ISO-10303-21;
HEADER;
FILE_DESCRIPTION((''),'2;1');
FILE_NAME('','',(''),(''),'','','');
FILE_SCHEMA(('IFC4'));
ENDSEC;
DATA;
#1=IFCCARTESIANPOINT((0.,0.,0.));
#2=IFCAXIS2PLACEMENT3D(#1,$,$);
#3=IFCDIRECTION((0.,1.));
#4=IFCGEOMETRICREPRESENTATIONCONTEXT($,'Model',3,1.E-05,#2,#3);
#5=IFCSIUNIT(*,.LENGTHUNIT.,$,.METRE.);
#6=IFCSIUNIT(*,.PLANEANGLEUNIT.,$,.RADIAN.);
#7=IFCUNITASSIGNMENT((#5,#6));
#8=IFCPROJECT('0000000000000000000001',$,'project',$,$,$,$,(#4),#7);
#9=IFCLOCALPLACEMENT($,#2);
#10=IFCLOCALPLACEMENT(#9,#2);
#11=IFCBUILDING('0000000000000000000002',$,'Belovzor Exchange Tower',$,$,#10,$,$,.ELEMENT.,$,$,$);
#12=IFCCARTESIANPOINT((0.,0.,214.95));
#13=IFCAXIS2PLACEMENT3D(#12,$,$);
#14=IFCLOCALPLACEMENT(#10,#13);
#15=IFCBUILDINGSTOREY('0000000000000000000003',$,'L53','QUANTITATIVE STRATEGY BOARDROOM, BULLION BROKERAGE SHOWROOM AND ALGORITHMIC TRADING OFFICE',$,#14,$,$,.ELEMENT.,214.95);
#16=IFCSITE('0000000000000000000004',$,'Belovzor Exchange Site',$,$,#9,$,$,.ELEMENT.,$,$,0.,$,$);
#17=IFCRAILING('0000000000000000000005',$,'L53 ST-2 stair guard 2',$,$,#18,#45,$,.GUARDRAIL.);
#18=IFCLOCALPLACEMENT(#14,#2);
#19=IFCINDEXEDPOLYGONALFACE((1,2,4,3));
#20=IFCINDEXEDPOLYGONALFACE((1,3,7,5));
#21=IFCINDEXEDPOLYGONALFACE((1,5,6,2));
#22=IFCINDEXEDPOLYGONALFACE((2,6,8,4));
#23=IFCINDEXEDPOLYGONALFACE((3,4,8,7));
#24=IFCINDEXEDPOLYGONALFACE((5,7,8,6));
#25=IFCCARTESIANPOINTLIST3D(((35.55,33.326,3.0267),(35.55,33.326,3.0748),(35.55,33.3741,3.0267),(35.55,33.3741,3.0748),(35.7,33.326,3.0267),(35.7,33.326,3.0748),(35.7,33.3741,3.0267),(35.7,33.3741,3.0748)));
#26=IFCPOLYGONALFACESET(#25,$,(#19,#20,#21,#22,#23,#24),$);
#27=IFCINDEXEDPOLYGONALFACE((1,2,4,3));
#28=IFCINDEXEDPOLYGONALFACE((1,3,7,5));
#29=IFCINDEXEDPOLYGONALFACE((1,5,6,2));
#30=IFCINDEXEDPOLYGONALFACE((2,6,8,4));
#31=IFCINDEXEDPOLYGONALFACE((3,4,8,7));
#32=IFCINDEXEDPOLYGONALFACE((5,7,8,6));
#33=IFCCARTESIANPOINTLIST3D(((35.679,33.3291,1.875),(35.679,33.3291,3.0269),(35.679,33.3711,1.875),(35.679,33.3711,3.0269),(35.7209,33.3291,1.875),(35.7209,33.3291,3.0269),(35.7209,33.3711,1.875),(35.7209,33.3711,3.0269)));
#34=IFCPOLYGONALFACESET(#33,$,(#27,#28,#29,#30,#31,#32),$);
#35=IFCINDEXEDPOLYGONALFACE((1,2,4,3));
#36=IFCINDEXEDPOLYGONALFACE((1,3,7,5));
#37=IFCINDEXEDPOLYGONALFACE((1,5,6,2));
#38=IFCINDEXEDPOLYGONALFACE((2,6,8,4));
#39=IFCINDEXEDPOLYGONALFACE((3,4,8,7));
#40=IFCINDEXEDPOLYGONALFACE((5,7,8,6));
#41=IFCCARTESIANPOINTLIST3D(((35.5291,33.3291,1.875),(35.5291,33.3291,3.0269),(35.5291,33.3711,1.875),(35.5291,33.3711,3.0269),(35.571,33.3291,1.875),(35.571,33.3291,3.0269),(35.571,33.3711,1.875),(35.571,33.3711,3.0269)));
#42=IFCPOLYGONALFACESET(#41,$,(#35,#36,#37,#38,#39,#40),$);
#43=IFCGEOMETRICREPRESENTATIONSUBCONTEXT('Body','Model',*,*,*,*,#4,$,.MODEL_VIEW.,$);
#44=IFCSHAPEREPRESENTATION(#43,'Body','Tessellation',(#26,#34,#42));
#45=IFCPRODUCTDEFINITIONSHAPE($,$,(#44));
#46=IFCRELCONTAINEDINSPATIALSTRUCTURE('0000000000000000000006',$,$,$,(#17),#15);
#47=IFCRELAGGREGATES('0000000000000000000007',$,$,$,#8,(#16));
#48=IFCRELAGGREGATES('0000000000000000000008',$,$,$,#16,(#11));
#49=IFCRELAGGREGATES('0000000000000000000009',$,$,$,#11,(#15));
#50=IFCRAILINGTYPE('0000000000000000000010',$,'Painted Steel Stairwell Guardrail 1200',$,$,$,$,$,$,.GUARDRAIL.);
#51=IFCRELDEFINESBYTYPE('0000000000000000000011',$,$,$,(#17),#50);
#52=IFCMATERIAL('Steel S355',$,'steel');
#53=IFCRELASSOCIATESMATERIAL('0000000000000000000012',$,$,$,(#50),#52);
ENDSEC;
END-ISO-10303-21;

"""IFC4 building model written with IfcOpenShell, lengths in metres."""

from ifc_helpers import new_model, si_unit, direction, frame, origin, origin_2d, place, context, subcontext, project, spatial, rectangle, extrude, material, type_object, element, save


model = new_model("IFC4")

# Units and contexts
model_context = context("Model", 3, precision=1e-05, world=origin(), true_north=direction((0.0, 1.0)))
body_context = subcontext(model_context, "Body", "Model", "MODEL_VIEW")
ifc_project = project(units=[si_unit("LENGTHUNIT", "METRE"), si_unit("PLANEANGLEUNIT", "RADIAN")], contexts=[model_context])

# Site, building, storey
site_placement = place(None, origin())
site = spatial("IfcSite", under=ifc_project, at=site_placement, Name="Belovzor Exchange Site", CompositionType="ELEMENT", RefElevation=0.0)
building_placement = place(site_placement, origin())
building = spatial("IfcBuilding", under=site, at=building_placement, Name="Belovzor Exchange Tower", CompositionType="ELEMENT")
storey_placement = place(building_placement, frame((0.0, 0.0, 214.95)))
storey = spatial("IfcBuildingStorey", under=building, at=storey_placement, Name="L53", Description="QUANTITATIVE STRATEGY BOARDROOM, BULLION BROKERAGE SHOWROOM AND ALGORITHMIC TRADING OFFICE", CompositionType="ELEMENT", Elevation=214.95)

# Railing
ifc_material_1 = material(Name="Steel S355", Category="steel")
railing_type_1 = type_object("IfcRailingType", Name="Painted Steel Stairwell Guardrail 1200", PredefinedType="GUARDRAIL", material=ifc_material_1)
railing_1_placement = place(storey_placement, frame((35.7, 33.3501, 1.875)))
element("IfcRailing", 1, at=railing_1_placement, inside=storey, type_object=railing_type_1, Name="L53 ST-2 stair guard 2", PredefinedType="GUARDRAIL", context=body_context, shape_type="SweptSolid", body=[
    extrude(rectangle(XDim=0.0481, YDim=0.0481, at=origin_2d()), frame((0.0, 0.0, 1.1758), z_axis=(-1.0, 0.0, 0.0), x_axis=(0.0, -1.0, 0.0)), (0.0, 0.0, 1.0), 0.1499),
    extrude(rectangle(XDim=0.042, YDim=0.042, at=origin_2d()), origin(), (0.0, 0.0, 1.0), 1.1519),
    extrude(rectangle(XDim=0.042, YDim=0.042, at=origin_2d()), frame((-0.1499, 0.0, 0.0)), (0.0, 0.0, 1.0), 1.1519),
])

save(model, "model.ifc")
